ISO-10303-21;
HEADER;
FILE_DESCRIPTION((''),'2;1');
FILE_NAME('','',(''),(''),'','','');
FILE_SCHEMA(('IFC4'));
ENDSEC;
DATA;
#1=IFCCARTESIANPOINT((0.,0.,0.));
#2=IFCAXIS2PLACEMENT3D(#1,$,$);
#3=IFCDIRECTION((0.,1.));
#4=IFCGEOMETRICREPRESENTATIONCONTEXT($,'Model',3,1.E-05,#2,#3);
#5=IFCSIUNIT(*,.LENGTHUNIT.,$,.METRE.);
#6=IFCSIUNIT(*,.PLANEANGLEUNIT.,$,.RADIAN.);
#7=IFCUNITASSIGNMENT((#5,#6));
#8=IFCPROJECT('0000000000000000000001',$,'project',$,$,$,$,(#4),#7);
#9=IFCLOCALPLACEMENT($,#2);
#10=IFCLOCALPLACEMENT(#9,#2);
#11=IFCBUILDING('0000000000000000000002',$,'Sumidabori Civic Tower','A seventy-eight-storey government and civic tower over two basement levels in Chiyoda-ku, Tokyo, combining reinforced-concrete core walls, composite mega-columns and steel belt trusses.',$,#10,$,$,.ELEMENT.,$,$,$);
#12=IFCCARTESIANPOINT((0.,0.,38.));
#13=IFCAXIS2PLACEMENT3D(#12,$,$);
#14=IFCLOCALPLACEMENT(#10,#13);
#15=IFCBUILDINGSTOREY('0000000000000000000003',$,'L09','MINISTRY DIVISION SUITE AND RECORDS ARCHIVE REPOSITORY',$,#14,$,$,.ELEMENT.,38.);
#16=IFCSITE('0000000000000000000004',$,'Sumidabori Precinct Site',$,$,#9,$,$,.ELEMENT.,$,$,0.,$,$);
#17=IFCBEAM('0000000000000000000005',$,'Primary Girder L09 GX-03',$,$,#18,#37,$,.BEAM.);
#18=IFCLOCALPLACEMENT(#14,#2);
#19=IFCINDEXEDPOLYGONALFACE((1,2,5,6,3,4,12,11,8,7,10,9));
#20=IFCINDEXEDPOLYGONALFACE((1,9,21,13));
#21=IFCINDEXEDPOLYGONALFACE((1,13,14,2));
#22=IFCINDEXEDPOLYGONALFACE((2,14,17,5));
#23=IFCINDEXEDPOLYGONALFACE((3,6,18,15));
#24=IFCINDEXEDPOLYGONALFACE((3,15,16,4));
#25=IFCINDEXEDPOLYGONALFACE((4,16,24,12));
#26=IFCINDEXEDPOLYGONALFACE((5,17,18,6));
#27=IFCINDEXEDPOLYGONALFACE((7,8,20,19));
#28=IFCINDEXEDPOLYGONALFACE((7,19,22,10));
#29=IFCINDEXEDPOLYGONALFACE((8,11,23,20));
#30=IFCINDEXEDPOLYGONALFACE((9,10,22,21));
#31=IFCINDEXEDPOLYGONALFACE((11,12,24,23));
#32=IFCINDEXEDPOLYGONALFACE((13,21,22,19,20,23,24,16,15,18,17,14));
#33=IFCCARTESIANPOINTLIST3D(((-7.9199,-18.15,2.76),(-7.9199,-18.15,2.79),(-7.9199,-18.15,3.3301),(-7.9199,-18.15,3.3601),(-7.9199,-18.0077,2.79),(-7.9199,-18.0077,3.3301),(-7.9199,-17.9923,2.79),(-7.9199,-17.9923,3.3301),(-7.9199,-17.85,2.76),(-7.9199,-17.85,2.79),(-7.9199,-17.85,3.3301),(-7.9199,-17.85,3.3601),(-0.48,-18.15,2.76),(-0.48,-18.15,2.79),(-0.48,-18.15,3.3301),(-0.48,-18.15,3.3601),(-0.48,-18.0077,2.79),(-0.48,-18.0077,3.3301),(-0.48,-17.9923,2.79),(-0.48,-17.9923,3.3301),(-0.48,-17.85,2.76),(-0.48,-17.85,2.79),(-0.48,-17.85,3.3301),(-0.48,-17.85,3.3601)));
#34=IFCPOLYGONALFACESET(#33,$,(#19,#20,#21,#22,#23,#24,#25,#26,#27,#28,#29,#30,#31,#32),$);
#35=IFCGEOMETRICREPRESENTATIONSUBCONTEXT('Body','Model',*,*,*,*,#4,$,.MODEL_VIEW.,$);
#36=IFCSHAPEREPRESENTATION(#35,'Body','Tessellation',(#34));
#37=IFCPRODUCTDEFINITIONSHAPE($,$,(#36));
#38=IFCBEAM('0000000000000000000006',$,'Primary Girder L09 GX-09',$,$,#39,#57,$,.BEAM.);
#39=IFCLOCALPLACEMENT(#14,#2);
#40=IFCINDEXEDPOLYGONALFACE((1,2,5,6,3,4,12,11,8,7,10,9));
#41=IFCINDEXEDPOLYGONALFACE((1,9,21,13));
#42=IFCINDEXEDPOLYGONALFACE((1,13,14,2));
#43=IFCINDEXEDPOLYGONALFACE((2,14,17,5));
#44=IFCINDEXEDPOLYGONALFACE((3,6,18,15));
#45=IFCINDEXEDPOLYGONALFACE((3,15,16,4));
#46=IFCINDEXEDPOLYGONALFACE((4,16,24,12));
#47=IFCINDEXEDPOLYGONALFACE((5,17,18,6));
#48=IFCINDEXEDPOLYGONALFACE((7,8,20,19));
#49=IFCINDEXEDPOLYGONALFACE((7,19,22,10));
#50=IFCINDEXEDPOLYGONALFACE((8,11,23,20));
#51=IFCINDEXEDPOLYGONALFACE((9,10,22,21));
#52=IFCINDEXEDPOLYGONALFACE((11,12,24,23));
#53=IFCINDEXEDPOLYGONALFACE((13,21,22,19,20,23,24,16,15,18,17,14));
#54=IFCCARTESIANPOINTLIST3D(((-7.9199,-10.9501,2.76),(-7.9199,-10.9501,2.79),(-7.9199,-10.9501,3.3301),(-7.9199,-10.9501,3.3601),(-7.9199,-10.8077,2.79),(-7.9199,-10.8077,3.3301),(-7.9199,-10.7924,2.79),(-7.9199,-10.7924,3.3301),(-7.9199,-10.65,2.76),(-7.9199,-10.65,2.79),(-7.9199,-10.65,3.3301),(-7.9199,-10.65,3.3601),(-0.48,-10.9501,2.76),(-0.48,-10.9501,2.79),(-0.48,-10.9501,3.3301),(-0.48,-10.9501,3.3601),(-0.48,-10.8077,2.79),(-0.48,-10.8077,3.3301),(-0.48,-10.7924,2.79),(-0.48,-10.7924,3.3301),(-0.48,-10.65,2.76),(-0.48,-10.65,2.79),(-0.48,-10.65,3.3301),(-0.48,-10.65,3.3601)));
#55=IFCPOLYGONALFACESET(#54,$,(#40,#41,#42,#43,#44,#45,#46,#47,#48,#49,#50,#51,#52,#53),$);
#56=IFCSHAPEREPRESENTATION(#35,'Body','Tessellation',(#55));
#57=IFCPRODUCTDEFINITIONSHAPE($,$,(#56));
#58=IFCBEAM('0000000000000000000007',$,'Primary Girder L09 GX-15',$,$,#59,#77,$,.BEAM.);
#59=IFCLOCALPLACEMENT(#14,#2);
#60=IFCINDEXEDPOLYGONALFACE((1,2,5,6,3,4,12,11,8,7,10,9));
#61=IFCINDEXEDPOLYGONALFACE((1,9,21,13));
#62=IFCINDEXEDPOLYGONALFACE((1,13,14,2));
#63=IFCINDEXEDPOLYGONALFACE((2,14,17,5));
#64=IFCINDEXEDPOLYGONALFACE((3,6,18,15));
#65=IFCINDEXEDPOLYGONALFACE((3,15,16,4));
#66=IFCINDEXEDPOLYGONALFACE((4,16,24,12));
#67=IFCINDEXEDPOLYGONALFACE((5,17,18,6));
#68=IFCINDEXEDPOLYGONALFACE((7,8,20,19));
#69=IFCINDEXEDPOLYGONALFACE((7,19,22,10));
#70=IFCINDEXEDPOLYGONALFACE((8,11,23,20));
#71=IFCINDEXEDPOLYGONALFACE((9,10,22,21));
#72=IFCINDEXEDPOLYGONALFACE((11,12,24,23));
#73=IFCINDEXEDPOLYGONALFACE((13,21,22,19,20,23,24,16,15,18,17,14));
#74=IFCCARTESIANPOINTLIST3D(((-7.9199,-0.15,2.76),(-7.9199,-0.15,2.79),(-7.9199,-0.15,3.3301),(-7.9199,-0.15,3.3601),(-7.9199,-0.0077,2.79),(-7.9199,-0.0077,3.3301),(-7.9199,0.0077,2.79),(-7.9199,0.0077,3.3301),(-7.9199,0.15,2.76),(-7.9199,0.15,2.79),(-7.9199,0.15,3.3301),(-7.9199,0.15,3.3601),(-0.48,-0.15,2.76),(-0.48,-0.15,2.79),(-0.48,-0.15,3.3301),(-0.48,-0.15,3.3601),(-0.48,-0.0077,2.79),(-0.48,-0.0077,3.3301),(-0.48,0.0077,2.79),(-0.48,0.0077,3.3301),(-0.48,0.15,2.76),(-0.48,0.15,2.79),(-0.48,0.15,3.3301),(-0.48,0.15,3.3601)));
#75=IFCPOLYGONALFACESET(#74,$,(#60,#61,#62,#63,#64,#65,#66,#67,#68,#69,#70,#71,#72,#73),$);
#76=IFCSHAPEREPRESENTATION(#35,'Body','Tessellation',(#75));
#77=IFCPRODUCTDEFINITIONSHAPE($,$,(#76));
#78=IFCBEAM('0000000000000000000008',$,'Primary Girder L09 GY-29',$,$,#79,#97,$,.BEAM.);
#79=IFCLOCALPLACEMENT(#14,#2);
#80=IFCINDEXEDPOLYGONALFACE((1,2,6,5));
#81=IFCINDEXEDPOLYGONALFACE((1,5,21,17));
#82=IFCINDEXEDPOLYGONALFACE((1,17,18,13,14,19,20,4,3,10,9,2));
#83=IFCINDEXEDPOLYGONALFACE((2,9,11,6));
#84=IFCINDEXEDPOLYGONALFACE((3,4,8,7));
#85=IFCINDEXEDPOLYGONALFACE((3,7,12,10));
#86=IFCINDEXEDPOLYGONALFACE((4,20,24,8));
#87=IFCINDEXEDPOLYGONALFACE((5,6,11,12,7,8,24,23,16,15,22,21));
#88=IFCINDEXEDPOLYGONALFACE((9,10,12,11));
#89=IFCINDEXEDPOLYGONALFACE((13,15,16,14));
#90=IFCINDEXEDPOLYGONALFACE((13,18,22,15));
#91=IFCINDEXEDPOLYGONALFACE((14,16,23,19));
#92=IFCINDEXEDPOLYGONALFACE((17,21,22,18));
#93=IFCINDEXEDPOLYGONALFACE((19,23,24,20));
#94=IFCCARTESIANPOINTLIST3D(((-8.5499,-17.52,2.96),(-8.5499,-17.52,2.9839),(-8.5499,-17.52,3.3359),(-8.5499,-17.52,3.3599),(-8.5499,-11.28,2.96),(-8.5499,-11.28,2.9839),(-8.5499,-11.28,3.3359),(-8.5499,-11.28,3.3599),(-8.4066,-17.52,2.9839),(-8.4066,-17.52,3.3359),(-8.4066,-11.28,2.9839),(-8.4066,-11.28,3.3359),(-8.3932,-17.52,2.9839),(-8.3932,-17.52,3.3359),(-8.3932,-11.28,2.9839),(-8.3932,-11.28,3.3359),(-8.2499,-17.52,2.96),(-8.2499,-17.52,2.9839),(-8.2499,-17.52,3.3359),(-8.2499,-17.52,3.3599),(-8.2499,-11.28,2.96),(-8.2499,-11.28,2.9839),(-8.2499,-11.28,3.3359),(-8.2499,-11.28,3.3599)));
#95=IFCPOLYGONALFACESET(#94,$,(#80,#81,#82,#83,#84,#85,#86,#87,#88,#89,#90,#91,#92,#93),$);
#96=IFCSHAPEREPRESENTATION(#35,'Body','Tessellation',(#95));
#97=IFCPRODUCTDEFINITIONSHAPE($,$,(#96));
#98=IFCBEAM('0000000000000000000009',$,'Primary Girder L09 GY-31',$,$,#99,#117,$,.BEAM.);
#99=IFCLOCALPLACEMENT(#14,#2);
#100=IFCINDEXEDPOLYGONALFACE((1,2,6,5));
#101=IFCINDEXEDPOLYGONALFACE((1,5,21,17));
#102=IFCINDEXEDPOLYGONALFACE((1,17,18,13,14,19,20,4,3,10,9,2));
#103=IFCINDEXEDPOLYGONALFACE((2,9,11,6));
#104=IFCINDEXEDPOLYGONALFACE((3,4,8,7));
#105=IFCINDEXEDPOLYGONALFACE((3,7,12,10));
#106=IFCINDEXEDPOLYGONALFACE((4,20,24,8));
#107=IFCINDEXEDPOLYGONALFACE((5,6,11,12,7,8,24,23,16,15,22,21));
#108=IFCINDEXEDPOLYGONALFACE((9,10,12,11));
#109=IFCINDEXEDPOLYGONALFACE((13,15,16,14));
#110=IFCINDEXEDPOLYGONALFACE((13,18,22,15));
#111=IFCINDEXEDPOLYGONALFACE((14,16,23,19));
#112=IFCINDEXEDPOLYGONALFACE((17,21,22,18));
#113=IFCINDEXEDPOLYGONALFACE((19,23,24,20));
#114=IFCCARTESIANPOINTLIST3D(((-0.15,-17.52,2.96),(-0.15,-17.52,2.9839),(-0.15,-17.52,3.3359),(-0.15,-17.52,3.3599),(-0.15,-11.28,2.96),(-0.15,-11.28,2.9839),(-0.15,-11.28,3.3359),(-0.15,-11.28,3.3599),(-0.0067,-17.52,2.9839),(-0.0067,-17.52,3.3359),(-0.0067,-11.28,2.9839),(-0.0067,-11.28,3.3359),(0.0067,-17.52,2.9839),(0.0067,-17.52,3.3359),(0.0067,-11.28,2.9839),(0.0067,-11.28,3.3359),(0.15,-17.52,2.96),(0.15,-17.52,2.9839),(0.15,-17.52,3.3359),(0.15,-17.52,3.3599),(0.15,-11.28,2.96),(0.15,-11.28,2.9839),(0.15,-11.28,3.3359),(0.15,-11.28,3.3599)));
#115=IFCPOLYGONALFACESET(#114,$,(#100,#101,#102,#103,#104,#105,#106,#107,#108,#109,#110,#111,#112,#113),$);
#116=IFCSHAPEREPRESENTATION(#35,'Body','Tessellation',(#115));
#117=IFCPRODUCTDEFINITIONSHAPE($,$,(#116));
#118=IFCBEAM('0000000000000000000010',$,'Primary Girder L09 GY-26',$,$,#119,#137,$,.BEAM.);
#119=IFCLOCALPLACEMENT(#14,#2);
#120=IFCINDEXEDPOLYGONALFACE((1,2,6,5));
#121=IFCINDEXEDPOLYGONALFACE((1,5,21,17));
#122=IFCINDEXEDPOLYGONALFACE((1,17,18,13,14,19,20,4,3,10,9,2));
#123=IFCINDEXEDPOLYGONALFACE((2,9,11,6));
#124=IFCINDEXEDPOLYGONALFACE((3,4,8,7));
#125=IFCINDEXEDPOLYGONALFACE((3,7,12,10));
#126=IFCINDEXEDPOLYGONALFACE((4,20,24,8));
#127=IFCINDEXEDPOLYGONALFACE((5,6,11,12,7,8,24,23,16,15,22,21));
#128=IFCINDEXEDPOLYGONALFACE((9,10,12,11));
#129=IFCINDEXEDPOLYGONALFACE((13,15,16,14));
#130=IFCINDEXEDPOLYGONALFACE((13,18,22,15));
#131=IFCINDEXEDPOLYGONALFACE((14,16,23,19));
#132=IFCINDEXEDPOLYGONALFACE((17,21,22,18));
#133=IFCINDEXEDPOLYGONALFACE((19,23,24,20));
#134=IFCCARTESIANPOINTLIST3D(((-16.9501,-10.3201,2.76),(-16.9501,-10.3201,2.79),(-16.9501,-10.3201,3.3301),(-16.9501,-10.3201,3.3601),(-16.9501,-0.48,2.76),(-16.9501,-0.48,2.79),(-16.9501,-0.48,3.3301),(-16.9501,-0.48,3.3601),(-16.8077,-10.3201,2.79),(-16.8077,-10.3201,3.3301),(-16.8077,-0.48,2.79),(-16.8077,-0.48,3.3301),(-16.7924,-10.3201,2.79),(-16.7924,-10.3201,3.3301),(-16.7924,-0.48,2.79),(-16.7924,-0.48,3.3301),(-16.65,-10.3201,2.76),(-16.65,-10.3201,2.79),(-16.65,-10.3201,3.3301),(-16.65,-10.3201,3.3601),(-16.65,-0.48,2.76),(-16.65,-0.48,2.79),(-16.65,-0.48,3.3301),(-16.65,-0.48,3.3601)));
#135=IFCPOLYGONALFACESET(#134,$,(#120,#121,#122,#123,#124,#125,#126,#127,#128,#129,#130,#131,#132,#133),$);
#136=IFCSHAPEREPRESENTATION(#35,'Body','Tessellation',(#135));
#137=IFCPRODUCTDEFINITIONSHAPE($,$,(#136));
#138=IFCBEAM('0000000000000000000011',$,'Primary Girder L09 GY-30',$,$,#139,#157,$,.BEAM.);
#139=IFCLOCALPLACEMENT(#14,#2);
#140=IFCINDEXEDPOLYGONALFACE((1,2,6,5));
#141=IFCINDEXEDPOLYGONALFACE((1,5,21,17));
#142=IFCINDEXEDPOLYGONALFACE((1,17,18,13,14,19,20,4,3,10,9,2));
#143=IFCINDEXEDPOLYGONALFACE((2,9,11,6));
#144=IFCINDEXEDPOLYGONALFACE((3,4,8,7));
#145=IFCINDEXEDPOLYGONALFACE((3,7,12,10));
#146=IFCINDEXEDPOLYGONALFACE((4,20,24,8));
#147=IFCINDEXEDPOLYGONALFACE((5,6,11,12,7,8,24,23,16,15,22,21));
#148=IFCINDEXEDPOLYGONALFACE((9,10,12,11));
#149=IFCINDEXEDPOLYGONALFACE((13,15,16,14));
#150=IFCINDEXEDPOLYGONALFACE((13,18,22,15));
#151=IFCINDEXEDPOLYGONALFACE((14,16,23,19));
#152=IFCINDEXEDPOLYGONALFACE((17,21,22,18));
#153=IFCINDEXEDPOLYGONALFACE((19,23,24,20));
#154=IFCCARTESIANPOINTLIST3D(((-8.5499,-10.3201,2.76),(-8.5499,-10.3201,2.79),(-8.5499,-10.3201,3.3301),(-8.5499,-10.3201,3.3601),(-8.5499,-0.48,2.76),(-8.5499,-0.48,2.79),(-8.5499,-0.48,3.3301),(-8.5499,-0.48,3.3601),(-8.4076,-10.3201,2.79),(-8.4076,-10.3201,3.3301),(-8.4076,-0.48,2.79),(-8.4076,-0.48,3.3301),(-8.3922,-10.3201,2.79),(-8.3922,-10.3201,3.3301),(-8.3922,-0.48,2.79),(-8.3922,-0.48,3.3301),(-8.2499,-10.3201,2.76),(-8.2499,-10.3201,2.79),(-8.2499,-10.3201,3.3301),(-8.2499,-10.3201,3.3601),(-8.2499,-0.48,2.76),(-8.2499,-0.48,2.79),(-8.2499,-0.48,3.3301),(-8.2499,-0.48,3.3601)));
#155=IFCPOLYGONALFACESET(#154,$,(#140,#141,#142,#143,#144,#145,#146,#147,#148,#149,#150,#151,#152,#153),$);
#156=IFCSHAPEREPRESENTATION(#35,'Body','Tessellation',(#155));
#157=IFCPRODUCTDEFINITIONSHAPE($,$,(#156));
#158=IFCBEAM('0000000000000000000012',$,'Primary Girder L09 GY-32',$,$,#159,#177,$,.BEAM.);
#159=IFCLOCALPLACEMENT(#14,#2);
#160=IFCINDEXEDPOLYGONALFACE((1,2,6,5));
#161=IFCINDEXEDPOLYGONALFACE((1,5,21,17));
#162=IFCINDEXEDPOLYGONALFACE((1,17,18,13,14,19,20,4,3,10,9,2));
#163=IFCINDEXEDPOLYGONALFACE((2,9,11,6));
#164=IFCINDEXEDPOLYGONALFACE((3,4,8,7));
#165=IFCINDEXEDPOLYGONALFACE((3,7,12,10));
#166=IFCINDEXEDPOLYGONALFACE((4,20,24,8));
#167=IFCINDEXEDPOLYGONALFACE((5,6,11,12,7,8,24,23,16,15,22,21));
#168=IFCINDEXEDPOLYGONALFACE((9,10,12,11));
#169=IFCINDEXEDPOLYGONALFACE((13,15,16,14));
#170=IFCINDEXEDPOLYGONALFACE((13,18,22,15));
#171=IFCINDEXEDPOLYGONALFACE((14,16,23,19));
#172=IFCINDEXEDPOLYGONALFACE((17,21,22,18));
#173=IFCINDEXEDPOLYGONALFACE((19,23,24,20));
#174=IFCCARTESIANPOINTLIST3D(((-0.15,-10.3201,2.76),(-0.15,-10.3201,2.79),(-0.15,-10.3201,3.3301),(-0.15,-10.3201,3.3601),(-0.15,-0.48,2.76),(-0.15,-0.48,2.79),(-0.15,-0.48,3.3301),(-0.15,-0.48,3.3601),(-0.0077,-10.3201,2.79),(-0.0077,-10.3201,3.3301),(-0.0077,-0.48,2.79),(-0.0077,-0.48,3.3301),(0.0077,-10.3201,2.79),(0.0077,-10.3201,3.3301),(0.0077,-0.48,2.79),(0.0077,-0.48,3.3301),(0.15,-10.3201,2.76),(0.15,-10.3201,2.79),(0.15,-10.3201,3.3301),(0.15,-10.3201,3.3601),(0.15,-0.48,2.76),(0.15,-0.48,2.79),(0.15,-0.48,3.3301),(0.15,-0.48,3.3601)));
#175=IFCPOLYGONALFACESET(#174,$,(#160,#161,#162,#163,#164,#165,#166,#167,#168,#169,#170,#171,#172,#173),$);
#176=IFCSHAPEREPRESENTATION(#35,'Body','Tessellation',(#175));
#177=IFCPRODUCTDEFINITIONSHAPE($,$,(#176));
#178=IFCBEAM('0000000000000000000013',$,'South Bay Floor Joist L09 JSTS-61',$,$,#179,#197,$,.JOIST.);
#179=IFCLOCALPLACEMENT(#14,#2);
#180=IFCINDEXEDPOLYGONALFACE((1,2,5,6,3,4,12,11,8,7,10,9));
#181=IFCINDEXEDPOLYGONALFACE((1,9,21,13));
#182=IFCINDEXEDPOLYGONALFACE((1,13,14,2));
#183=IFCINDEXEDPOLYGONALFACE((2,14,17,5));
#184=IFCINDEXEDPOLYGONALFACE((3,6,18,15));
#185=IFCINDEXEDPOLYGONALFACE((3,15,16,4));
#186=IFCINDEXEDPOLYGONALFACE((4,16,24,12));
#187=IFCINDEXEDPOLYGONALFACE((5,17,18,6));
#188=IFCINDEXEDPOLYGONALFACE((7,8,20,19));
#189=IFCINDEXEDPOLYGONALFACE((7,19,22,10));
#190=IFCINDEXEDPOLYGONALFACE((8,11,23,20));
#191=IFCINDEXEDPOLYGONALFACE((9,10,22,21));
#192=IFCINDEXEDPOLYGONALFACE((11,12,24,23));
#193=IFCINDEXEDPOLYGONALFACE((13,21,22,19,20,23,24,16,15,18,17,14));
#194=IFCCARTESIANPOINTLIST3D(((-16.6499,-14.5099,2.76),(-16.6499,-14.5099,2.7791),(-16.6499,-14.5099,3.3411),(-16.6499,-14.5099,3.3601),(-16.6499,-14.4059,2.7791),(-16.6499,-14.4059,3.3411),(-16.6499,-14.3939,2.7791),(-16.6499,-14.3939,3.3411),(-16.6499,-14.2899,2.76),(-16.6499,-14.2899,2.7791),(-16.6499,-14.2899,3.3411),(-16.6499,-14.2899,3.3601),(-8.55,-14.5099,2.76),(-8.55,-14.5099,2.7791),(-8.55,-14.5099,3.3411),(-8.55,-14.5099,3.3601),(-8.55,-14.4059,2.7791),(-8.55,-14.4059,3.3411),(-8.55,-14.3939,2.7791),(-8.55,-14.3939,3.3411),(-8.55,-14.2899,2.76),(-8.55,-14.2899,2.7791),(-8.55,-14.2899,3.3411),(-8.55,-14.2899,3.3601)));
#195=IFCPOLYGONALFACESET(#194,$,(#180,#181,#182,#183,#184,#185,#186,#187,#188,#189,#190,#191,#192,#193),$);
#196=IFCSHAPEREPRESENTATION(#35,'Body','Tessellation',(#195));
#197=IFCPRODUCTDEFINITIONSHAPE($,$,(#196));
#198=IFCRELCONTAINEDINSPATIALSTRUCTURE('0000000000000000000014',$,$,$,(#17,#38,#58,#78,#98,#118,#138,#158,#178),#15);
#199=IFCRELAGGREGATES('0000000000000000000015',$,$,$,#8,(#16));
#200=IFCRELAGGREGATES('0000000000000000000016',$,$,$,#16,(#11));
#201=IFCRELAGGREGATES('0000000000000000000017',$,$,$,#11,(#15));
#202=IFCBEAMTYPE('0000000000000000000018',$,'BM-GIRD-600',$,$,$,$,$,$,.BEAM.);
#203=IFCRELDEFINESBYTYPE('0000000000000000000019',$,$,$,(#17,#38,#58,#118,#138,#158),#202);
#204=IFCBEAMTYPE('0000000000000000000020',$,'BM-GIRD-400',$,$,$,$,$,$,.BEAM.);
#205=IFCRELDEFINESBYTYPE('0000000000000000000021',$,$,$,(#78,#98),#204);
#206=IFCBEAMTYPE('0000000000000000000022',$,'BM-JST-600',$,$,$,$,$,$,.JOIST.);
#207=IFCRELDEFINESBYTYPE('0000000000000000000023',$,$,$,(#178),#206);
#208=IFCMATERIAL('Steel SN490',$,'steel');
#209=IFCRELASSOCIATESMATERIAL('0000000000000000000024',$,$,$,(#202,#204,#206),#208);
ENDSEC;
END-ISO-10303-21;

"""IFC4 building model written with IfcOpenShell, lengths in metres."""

from ifc_helpers import new_model, si_unit, direction, frame, origin, origin_2d, place, context, subcontext, project, spatial, i_section, extrude, source, transform, mapped, material, material_profile, profile_set, type_object, element, save


model = new_model("IFC4")

# Units and contexts
model_context = context("Model", 3, precision=1e-05, world=origin(), true_north=direction((0.0, 1.0)))
body_context = subcontext(model_context, "Body", "Model", "MODEL_VIEW")
ifc_project = project(units=[si_unit("LENGTHUNIT", "METRE"), si_unit("PLANEANGLEUNIT", "RADIAN")], contexts=[model_context])

# Site, building, storey
site_placement = place(None, origin())
site = spatial("IfcSite", under=ifc_project, at=site_placement, Name="Sumidabori Precinct Site", CompositionType="ELEMENT", RefElevation=0.0)
building_placement = place(site_placement, origin())
building = spatial("IfcBuilding", under=site, at=building_placement, Name="Sumidabori Civic Tower", Description="A seventy-eight-storey government and civic tower over two basement levels in Chiyoda-ku, Tokyo, combining reinforced-concrete core walls, composite mega-columns and steel belt trusses.", CompositionType="ELEMENT")
storey_placement = place(building_placement, frame((0.0, 0.0, 38.0)))
storey = spatial("IfcBuildingStorey", under=building, at=storey_placement, Name="L09", Description="MINISTRY DIVISION SUITE AND RECORDS ARCHIVE REPOSITORY", CompositionType="ELEMENT", Elevation=38.0)

# Beams
ifc_material_1 = material(Name="Steel SN490", Category="steel")
ifc_material_profile_1 = material_profile(ifc_material_1, i_section(OverallWidth=0.3, OverallDepth=0.6001, WebThickness=0.0154, FlangeThickness=0.03, at=origin_2d()), Name="HE 600 B")
ifc_profile_set_1 = profile_set([ifc_material_profile_1], Name="Steel SN490")
beam_type_1 = type_object("IfcBeamType", Name="BM-GIRD-600", PredefinedType="BEAM", material=ifc_profile_set_1)
shared_shape_1 = source(origin(), body_context, "Body", "SweptSolid", [
    extrude(i_section(OverallWidth=0.3, OverallDepth=0.6001, WebThickness=0.0154, FlangeThickness=0.03, at=origin_2d()), origin(), (0.0, 0.0, 1.0), 7.4399),
])
for number, where, z_axis, x_axis, name in (
    (1, (-7.9199, -18.0, 3.0601), (1.0, 0.0, 0.0), (0.0, 1.0, 0.0), "Primary Girder L09 GX-03"),
    (2, (-7.9199, -10.8, 3.0601), (1.0, 0.0, 0.0), (0.0, 1.0, 0.0), "Primary Girder L09 GX-09"),
    (3, (-7.9199, 0.0, 3.0601), (1.0, 0.0, 0.0), (0.0, 1.0, 0.0), "Primary Girder L09 GX-15"),
):
    element("IfcBeam", number, at=place(storey_placement, frame(where, z_axis=z_axis, x_axis=x_axis)), inside=storey, type_object=beam_type_1, Name=name, PredefinedType="BEAM", context=body_context, shape_type="MappedRepresentation", body=[
        mapped(shared_shape_1, transform((0.0, 0.0, 0.0), x_axis=(1.0, 0.0, 0.0), y_axis=(0.0, 1.0, 0.0), z_axis=(0.0, 0.0, 1.0), scale=1.0)),
    ])
ifc_material_profile_2 = material_profile(ifc_material_1, i_section(OverallWidth=0.3, OverallDepth=0.3999, WebThickness=0.0134, FlangeThickness=0.0239, at=origin_2d()), Name="HE 400 B")
ifc_profile_set_2 = profile_set([ifc_material_profile_2], Name="Steel SN490")
beam_type_2 = type_object("IfcBeamType", Name="BM-GIRD-400", PredefinedType="BEAM", material=ifc_profile_set_2)
shared_shape_2 = source(origin(), body_context, "Body", "SweptSolid", [
    extrude(i_section(OverallWidth=0.3, OverallDepth=0.3999, WebThickness=0.0134, FlangeThickness=0.0239, at=origin_2d()), origin(), (0.0, 0.0, 1.0), 6.24),
])
for number, where, z_axis, x_axis, name in (
    (4, (-8.3999, -17.52, 3.1599), (0.0, 1.0, 0.0), (-1.0, 0.0, 0.0), "Primary Girder L09 GY-29"),
    (5, (0.0, -17.52, 3.1599), (0.0, 1.0, 0.0), (-1.0, 0.0, 0.0), "Primary Girder L09 GY-31"),
):
    element("IfcBeam", number, at=place(storey_placement, frame(where, z_axis=z_axis, x_axis=x_axis)), inside=storey, type_object=beam_type_2, Name=name, PredefinedType="BEAM", context=body_context, shape_type="MappedRepresentation", body=[
        mapped(shared_shape_2, transform((0.0, 0.0, 0.0), x_axis=(1.0, 0.0, 0.0), y_axis=(0.0, 1.0, 0.0), z_axis=(0.0, 0.0, 1.0), scale=1.0)),
    ])
shared_shape_3 = source(origin(), body_context, "Body", "SweptSolid", [
    extrude(i_section(OverallWidth=0.3, OverallDepth=0.6001, WebThickness=0.0154, FlangeThickness=0.03, at=origin_2d()), origin(), (0.0, 0.0, 1.0), 9.8401),
])
for number, where, z_axis, x_axis, name in (
    (6, (-16.8, -10.3201, 3.0601), (0.0, 1.0, 0.0), (-1.0, 0.0, 0.0), "Primary Girder L09 GY-26"),
    (7, (-8.3999, -10.3201, 3.0601), (0.0, 1.0, 0.0), (-1.0, 0.0, 0.0), "Primary Girder L09 GY-30"),
    (8, (0.0, -10.3201, 3.0601), (0.0, 1.0, 0.0), (-1.0, 0.0, 0.0), "Primary Girder L09 GY-32"),
):
    element("IfcBeam", number, at=place(storey_placement, frame(where, z_axis=z_axis, x_axis=x_axis)), inside=storey, type_object=beam_type_1, Name=name, PredefinedType="BEAM", context=body_context, shape_type="MappedRepresentation", body=[
        mapped(shared_shape_3, transform((0.0, 0.0, 0.0), x_axis=(1.0, 0.0, 0.0), y_axis=(0.0, 1.0, 0.0), z_axis=(0.0, 0.0, 1.0), scale=1.0)),
    ])
ifc_material_profile_3 = material_profile(ifc_material_1, i_section(OverallWidth=0.22, OverallDepth=0.6001, WebThickness=0.012, FlangeThickness=0.019, at=origin_2d()), Name="IPE 600")
ifc_profile_set_3 = profile_set([ifc_material_profile_3], Name="Steel SN490")
beam_type_3 = type_object("IfcBeamType", Name="BM-JST-600", PredefinedType="JOIST", material=ifc_profile_set_3)
shared_shape_4 = source(origin(), body_context, "Body", "SweptSolid", [
    extrude(i_section(OverallWidth=0.22, OverallDepth=0.6001, WebThickness=0.012, FlangeThickness=0.019, at=origin_2d()), origin(), (0.0, 0.0, 1.0), 8.0999),
])
for number, where, z_axis, x_axis, name in (
    (9, (-16.6499, -14.3999, 3.0601), (1.0, 0.0, 0.0), (0.0, 1.0, 0.0), "South Bay Floor Joist L09 JSTS-61"),
):
    element("IfcBeam", number, at=place(storey_placement, frame(where, z_axis=z_axis, x_axis=x_axis)), inside=storey, type_object=beam_type_3, Name=name, PredefinedType="JOIST", context=body_context, shape_type="MappedRepresentation", body=[
        mapped(shared_shape_4, transform((0.0, 0.0, 0.0), x_axis=(1.0, 0.0, 0.0), y_axis=(0.0, 1.0, 0.0), z_axis=(0.0, 0.0, 1.0), scale=1.0)),
    ])

save(model, "model.ifc")
